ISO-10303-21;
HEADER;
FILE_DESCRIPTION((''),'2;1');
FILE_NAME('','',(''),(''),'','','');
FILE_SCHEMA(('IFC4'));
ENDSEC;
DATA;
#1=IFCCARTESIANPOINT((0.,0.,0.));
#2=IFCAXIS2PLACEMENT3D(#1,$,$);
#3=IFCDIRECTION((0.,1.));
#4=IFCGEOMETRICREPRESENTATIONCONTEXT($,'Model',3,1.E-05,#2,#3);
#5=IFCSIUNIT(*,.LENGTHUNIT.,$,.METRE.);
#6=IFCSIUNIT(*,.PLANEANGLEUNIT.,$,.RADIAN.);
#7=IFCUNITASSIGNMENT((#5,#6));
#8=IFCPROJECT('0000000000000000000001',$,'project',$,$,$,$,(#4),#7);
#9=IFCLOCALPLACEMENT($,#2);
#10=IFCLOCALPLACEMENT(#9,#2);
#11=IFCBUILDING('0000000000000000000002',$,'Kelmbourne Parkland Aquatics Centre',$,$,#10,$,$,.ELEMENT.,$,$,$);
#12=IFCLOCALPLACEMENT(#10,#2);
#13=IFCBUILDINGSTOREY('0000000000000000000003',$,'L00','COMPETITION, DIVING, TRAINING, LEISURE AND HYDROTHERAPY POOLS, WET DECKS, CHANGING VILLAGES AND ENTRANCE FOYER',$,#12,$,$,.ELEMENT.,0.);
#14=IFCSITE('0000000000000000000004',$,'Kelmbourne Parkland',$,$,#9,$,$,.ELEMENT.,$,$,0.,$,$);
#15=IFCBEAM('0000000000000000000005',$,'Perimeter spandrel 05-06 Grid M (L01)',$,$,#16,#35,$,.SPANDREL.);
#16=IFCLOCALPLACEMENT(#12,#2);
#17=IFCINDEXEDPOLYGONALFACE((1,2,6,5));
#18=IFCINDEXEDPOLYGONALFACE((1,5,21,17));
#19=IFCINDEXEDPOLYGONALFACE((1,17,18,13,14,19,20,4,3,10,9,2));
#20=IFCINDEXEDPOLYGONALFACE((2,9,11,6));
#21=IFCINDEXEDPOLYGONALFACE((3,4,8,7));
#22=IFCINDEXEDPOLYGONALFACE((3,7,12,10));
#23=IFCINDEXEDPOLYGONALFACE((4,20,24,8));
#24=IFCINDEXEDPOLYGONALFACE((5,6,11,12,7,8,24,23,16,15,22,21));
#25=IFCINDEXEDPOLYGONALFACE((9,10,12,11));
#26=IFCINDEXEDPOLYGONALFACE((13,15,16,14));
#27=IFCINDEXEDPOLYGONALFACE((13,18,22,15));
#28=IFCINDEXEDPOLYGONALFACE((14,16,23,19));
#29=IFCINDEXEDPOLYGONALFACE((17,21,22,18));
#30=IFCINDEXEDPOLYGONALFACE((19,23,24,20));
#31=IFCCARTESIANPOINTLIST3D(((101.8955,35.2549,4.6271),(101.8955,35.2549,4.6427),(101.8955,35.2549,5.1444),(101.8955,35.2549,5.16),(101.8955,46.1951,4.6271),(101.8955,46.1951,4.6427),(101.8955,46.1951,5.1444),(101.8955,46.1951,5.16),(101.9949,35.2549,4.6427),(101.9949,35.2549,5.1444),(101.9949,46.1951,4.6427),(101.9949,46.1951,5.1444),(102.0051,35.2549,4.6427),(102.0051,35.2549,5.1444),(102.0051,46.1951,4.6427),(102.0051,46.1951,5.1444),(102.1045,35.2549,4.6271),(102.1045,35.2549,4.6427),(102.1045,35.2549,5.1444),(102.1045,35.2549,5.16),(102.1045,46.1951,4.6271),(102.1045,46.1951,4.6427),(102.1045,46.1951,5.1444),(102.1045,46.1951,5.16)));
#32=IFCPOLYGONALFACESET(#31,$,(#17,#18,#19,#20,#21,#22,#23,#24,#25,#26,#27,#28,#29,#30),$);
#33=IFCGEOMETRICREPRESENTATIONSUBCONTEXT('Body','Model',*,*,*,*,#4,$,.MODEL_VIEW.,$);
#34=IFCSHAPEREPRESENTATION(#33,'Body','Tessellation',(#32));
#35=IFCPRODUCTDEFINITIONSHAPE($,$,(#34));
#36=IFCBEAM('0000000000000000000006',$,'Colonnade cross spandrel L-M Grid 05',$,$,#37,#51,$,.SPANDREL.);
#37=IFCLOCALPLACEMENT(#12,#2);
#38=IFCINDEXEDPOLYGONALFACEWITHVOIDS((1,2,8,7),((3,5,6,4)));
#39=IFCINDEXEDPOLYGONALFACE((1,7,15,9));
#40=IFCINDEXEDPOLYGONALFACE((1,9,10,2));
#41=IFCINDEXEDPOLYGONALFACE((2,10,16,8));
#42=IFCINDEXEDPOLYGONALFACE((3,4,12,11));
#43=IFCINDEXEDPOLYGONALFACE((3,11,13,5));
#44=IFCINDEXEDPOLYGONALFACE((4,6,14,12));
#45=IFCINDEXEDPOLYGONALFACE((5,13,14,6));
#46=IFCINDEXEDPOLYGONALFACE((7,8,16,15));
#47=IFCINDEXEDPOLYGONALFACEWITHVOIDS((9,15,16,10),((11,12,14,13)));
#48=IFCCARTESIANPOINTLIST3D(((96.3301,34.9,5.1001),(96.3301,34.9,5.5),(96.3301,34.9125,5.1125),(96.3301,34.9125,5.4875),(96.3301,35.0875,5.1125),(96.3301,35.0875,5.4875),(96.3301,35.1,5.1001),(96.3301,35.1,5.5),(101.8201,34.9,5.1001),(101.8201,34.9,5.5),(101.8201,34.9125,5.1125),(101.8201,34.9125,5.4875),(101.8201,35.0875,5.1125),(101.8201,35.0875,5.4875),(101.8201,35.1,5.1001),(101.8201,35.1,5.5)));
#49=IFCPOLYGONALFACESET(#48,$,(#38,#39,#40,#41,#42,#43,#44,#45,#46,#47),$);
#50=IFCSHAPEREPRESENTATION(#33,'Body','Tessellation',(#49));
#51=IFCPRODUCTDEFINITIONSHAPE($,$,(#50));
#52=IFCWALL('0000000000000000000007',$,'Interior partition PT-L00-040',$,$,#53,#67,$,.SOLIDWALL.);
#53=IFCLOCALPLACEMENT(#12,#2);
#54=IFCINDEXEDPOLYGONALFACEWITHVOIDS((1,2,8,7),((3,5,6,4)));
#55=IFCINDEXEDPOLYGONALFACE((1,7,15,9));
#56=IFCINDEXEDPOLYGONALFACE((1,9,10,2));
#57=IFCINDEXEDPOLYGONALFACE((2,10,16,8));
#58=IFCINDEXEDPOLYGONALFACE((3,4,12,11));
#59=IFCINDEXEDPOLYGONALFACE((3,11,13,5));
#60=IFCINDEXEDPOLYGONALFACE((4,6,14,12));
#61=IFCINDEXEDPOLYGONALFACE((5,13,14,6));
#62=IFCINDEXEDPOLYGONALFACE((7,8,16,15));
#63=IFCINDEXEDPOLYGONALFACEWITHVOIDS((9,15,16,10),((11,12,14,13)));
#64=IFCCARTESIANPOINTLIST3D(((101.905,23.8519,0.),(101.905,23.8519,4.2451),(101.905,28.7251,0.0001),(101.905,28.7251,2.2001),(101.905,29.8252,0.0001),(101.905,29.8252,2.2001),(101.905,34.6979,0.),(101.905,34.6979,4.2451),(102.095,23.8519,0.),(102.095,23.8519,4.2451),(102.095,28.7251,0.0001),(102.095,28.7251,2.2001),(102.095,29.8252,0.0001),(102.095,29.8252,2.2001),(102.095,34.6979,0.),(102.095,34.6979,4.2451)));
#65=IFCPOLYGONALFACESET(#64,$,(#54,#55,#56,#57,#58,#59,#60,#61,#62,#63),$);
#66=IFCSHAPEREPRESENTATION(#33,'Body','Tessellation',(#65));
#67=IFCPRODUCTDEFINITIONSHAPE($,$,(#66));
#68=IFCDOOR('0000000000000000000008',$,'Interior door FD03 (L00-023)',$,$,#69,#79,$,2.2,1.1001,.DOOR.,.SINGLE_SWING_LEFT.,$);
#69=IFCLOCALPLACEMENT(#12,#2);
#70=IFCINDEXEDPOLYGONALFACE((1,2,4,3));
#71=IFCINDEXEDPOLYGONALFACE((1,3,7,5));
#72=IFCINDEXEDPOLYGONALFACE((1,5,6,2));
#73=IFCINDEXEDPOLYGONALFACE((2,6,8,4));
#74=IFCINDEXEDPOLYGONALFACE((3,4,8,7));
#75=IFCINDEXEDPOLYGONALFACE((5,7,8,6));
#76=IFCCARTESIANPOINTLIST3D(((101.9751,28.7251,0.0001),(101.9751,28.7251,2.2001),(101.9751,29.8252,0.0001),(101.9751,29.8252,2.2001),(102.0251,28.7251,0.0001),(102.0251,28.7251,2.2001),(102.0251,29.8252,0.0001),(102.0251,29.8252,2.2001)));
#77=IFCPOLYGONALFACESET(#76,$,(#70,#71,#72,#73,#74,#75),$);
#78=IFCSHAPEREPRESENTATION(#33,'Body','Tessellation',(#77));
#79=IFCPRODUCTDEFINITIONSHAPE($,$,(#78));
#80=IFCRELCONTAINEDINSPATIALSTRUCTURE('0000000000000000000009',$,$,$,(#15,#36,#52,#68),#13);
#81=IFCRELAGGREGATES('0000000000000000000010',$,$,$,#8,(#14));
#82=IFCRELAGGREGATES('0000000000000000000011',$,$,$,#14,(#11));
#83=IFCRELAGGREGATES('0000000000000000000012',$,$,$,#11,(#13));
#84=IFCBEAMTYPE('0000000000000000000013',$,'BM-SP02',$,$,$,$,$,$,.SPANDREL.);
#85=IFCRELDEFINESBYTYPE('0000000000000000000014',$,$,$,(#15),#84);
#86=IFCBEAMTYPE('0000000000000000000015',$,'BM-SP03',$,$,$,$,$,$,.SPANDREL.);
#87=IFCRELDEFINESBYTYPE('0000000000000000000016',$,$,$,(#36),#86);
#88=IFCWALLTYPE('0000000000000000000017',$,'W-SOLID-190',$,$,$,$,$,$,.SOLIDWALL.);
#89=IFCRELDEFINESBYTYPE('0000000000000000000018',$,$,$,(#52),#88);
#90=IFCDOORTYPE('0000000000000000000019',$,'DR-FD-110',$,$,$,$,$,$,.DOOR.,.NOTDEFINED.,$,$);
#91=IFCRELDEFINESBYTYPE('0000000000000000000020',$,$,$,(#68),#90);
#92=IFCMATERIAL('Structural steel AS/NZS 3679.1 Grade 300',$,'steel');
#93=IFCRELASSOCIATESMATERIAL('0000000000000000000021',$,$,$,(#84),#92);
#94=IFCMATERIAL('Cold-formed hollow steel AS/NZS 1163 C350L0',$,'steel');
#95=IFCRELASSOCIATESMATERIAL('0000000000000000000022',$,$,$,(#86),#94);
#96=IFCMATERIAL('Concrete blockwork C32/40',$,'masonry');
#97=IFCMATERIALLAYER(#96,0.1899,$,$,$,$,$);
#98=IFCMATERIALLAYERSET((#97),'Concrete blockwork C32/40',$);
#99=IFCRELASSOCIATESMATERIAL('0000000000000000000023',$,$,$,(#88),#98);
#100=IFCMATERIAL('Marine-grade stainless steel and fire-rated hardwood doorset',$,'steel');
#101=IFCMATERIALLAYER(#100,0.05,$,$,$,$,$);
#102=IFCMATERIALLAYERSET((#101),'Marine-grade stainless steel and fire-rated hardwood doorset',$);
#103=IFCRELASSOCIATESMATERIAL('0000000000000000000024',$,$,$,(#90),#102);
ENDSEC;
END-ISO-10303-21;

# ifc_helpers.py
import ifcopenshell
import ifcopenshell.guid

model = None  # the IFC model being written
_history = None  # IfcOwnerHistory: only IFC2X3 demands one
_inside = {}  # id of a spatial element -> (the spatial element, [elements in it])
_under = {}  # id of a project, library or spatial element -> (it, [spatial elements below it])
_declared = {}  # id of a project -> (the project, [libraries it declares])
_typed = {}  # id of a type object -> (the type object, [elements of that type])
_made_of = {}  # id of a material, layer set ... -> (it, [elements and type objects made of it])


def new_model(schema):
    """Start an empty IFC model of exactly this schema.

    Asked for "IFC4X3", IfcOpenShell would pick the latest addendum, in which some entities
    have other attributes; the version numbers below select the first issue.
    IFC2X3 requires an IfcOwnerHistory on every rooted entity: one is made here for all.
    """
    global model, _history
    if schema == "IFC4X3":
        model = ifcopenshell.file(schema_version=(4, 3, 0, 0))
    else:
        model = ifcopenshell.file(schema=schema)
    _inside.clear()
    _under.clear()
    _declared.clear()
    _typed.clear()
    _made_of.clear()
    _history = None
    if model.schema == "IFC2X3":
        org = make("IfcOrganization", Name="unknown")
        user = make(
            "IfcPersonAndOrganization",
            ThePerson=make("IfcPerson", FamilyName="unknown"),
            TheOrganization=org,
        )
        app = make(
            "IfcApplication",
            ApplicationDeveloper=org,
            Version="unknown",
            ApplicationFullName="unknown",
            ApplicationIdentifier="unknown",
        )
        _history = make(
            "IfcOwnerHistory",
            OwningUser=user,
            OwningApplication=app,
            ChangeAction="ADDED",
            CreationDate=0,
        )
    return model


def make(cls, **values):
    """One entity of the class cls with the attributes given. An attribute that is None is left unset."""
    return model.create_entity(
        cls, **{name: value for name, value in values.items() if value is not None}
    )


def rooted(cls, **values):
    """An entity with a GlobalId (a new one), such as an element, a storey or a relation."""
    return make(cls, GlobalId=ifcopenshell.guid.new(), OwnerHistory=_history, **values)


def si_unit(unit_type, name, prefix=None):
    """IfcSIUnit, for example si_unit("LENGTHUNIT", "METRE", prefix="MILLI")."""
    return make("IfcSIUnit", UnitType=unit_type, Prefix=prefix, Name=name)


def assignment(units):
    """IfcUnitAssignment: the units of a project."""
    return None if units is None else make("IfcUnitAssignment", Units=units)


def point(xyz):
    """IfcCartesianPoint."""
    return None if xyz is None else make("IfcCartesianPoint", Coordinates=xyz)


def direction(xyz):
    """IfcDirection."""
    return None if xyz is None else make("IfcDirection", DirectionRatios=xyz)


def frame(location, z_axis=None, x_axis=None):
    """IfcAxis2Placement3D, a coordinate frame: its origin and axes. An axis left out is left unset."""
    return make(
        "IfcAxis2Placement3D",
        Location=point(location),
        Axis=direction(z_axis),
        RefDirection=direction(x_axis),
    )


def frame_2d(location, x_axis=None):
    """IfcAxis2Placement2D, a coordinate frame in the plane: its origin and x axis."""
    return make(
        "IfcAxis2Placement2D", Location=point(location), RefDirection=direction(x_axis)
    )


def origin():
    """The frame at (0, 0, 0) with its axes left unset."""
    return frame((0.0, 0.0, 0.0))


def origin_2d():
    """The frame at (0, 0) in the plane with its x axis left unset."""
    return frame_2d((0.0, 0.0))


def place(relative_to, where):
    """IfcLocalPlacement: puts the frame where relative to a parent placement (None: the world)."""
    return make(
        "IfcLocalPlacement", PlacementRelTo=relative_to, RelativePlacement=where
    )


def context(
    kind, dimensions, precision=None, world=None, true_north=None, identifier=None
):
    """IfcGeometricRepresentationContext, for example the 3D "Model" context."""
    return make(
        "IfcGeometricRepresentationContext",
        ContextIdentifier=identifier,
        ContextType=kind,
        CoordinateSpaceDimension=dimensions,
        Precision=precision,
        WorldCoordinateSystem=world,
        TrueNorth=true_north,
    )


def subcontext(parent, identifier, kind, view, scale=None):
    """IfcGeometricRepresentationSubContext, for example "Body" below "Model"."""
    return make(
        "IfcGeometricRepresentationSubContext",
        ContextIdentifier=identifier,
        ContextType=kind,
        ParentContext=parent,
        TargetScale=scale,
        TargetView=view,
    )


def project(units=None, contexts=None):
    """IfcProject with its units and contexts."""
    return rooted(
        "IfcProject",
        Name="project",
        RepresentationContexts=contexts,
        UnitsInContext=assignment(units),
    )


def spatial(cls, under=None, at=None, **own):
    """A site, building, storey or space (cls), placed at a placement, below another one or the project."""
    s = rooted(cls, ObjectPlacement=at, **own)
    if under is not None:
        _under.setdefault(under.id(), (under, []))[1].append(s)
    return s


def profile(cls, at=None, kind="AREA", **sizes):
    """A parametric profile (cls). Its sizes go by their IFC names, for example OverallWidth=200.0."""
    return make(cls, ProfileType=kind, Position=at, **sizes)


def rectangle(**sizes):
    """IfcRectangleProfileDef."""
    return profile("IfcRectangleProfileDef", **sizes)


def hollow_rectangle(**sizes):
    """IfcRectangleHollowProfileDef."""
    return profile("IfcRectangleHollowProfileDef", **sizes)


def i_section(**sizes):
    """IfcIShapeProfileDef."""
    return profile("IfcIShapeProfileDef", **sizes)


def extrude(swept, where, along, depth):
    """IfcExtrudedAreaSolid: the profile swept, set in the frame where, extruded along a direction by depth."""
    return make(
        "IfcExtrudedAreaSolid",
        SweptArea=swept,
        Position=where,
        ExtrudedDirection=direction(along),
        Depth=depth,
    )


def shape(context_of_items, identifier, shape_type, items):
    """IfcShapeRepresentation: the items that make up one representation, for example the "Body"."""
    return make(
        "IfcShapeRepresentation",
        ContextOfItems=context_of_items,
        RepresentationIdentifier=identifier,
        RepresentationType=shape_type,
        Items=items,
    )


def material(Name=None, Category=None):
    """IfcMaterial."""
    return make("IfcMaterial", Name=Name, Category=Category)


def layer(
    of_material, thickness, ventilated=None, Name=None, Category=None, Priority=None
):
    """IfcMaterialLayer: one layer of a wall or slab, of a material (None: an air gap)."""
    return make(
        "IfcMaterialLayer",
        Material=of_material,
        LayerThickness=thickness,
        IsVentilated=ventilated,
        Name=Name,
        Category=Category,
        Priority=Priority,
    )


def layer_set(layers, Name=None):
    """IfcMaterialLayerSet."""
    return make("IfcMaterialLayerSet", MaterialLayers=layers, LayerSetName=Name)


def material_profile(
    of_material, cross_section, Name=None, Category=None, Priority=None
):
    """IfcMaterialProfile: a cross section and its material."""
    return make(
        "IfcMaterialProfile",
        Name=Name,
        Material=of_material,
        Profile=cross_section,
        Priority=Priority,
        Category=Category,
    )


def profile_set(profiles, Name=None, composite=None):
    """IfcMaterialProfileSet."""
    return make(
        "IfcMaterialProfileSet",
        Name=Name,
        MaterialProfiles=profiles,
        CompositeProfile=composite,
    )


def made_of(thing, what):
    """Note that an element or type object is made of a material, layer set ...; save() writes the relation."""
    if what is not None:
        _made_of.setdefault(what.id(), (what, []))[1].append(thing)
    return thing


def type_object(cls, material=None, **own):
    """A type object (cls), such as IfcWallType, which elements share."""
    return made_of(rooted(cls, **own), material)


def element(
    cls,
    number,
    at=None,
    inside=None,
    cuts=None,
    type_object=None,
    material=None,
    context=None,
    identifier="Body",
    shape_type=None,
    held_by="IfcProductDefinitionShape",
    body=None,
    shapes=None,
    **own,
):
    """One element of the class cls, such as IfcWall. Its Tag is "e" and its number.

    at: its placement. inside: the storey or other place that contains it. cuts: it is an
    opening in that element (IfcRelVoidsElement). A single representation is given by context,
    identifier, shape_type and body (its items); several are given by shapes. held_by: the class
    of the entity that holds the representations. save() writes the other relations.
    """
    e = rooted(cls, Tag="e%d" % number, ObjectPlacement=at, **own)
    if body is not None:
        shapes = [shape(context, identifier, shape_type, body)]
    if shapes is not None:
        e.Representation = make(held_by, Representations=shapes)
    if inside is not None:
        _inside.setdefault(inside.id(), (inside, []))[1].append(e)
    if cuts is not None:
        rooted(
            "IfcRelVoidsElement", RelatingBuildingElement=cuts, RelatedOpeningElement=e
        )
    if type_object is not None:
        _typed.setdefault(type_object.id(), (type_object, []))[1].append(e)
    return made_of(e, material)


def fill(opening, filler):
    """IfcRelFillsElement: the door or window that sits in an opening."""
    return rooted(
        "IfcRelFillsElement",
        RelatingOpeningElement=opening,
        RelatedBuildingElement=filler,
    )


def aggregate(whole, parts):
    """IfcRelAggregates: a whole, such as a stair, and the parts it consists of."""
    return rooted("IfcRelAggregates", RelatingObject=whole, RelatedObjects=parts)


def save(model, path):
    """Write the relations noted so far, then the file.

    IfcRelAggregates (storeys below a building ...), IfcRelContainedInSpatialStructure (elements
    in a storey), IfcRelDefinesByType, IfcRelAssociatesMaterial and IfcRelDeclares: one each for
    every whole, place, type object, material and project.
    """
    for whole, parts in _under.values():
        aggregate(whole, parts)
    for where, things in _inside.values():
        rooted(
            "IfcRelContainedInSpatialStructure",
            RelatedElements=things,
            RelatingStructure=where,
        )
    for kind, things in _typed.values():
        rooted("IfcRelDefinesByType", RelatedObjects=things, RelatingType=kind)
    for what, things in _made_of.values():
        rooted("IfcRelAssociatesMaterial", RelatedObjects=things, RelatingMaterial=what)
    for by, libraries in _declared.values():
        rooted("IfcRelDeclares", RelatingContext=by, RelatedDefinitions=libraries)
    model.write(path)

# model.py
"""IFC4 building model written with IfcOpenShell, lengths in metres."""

from ifc_helpers import new_model, si_unit, direction, frame, frame_2d, origin, origin_2d, place, context, subcontext, project, spatial, rectangle, hollow_rectangle, i_section, extrude, material, layer, layer_set, material_profile, profile_set, type_object, element, fill, save


model = new_model("IFC4")

# Units and contexts
model_context = context("Model", 3, precision=1e-05, world=origin(), true_north=direction((0.0, 1.0)))
body_context = subcontext(model_context, "Body", "Model", "MODEL_VIEW")
ifc_project = project(units=[si_unit("LENGTHUNIT", "METRE"), si_unit("PLANEANGLEUNIT", "RADIAN")], contexts=[model_context])

# Site, building, storey
site_placement = place(None, origin())
site = spatial("IfcSite", under=ifc_project, at=site_placement, Name="Kelmbourne Parkland", CompositionType="ELEMENT", RefElevation=0.0)
building_placement = place(site_placement, origin())
building = spatial("IfcBuilding", under=site, at=building_placement, Name="Kelmbourne Parkland Aquatics Centre", CompositionType="ELEMENT")
storey_placement = place(building_placement, origin())
storey = spatial("IfcBuildingStorey", under=building, at=storey_placement, Name="L00", Description="COMPETITION, DIVING, TRAINING, LEISURE AND HYDROTHERAPY POOLS, WET DECKS, CHANGING VILLAGES AND ENTRANCE FOYER", CompositionType="ELEMENT", Elevation=0.0)

# Beams
ifc_material_1 = material(Name="Structural steel AS/NZS 3679.1 Grade 300", Category="steel")
ifc_material_profile_1 = material_profile(ifc_material_1, i_section(OverallWidth=0.209, OverallDepth=0.533, WebThickness=0.0103, FlangeThickness=0.0156, at=origin_2d()), Name="530UB92.4")
ifc_profile_set_1 = profile_set([ifc_material_profile_1], Name="Structural steel AS/NZS 3679.1 Grade 300")
beam_type_1 = type_object("IfcBeamType", Name="BM-SP02", PredefinedType="SPANDREL", material=ifc_profile_set_1)
for number, where, z_axis, x_axis, name in (
    (1, (102.0, 35.2549, 4.8936), (0.0, 1.0, 0.0), (-1.0, 0.0, 0.0), "Perimeter spandrel 05-06 Grid M (L01)"),
):
    element("IfcBeam", number, at=place(storey_placement, frame(where, z_axis=z_axis, x_axis=x_axis)), inside=storey, type_object=beam_type_1, Name=name, PredefinedType="SPANDREL", context=body_context, shape_type="SweptSolid", body=[
        extrude(i_section(OverallWidth=0.209, OverallDepth=0.533, WebThickness=0.0103, FlangeThickness=0.0156, at=origin_2d()), origin(), (0.0, 0.0, 1.0), 10.9402),
    ])
ifc_material_2 = material(Name="Cold-formed hollow steel AS/NZS 1163 C350L0", Category="steel")
ifc_material_profile_2 = material_profile(ifc_material_2, hollow_rectangle(XDim=0.2, YDim=0.3999, WallThickness=0.0125, at=origin_2d()), Name="RHS 400x200x12.5")
ifc_profile_set_2 = profile_set([ifc_material_profile_2], Name="Cold-formed hollow steel AS/NZS 1163 C350L0")
beam_type_2 = type_object("IfcBeamType", Name="BM-SP03", PredefinedType="SPANDREL", material=ifc_profile_set_2)
beam_1_placement = place(storey_placement, frame((96.3301, 35.0, 5.3), z_axis=(1.0, 0.0, 0.0), x_axis=(0.0, 1.0, 0.0)))
element("IfcBeam", 2, at=beam_1_placement, inside=storey, type_object=beam_type_2, Name="Colonnade cross spandrel L-M Grid 05", PredefinedType="SPANDREL", context=body_context, shape_type="SweptSolid", body=[
    extrude(hollow_rectangle(XDim=0.2, YDim=0.3999, WallThickness=0.0125, at=origin_2d()), origin(), (0.0, 0.0, 1.0), 5.49),
])

# Wall, opening, door
ifc_material_3 = material(Name="Concrete blockwork C32/40", Category="masonry")
ifc_layer_1 = layer(ifc_material_3, 0.1899)
ifc_layer_set_1 = layer_set([ifc_layer_1], Name="Concrete blockwork C32/40")
wall_type = type_object("IfcWallType", Name="W-SOLID-190", PredefinedType="SOLIDWALL", material=ifc_layer_set_1)
wall_placement = place(storey_placement, frame((102.0, 23.8521, 0.0), z_axis=(0.0, 0.0, 1.0), x_axis=(0.0, 1.0, 0.0)))
wall = element("IfcWall", 3, at=wall_placement, inside=storey, type_object=wall_type, Name="Interior partition PT-L00-040", PredefinedType="SOLIDWALL", context=body_context, shape_type="SweptSolid", body=[
    extrude(rectangle(XDim=10.8459, YDim=0.1899, at=frame_2d((5.4229, 0.0))), origin(), (0.0, 0.0, 1.0), 4.2451),
])
opening_placement = place(wall_placement, frame((4.873, 0.0, 0.0)))
opening = element("IfcOpeningElement", 4, at=opening_placement, cuts=wall, PredefinedType="OPENING", context=body_context, shape_type="SweptSolid", body=[
    extrude(rectangle(XDim=1.1001, YDim=2.2, at=frame_2d((0.55, 1.1001))), frame((0.0, 0.1069, 0.0), z_axis=(0.0, -1.0, 0.0), x_axis=(1.0, 0.0, 0.0)), (0.0, 0.0, 1.0), 0.2139),
])
ifc_material_4 = material(Name="Marine-grade stainless steel and fire-rated hardwood doorset", Category="steel")
ifc_layer_2 = layer(ifc_material_4, 0.05)
ifc_layer_set_2 = layer_set([ifc_layer_2], Name="Marine-grade stainless steel and fire-rated hardwood doorset")
door_type = type_object("IfcDoorType", Name="DR-FD-110", OperationType="NOTDEFINED", PredefinedType="DOOR", material=ifc_layer_set_2)
door_placement = place(opening_placement, origin())
door = element("IfcDoor", 5, at=door_placement, inside=storey, type_object=door_type, Name="Interior door FD03 (L00-023)", OperationType="SINGLE_SWING_LEFT", OverallHeight=2.2, OverallWidth=1.1001, PredefinedType="DOOR", context=body_context, shape_type="SweptSolid", body=[
    extrude(rectangle(XDim=1.1001, YDim=2.2, at=frame_2d((0.55, 1.1001))), frame((0.0, 0.0249, 0.0), z_axis=(0.0, -1.0, 0.0), x_axis=(1.0, 0.0, 0.0)), (0.0, 0.0, 1.0), 0.05),
])
fill(opening, door)

save(model, "model.ifc")
